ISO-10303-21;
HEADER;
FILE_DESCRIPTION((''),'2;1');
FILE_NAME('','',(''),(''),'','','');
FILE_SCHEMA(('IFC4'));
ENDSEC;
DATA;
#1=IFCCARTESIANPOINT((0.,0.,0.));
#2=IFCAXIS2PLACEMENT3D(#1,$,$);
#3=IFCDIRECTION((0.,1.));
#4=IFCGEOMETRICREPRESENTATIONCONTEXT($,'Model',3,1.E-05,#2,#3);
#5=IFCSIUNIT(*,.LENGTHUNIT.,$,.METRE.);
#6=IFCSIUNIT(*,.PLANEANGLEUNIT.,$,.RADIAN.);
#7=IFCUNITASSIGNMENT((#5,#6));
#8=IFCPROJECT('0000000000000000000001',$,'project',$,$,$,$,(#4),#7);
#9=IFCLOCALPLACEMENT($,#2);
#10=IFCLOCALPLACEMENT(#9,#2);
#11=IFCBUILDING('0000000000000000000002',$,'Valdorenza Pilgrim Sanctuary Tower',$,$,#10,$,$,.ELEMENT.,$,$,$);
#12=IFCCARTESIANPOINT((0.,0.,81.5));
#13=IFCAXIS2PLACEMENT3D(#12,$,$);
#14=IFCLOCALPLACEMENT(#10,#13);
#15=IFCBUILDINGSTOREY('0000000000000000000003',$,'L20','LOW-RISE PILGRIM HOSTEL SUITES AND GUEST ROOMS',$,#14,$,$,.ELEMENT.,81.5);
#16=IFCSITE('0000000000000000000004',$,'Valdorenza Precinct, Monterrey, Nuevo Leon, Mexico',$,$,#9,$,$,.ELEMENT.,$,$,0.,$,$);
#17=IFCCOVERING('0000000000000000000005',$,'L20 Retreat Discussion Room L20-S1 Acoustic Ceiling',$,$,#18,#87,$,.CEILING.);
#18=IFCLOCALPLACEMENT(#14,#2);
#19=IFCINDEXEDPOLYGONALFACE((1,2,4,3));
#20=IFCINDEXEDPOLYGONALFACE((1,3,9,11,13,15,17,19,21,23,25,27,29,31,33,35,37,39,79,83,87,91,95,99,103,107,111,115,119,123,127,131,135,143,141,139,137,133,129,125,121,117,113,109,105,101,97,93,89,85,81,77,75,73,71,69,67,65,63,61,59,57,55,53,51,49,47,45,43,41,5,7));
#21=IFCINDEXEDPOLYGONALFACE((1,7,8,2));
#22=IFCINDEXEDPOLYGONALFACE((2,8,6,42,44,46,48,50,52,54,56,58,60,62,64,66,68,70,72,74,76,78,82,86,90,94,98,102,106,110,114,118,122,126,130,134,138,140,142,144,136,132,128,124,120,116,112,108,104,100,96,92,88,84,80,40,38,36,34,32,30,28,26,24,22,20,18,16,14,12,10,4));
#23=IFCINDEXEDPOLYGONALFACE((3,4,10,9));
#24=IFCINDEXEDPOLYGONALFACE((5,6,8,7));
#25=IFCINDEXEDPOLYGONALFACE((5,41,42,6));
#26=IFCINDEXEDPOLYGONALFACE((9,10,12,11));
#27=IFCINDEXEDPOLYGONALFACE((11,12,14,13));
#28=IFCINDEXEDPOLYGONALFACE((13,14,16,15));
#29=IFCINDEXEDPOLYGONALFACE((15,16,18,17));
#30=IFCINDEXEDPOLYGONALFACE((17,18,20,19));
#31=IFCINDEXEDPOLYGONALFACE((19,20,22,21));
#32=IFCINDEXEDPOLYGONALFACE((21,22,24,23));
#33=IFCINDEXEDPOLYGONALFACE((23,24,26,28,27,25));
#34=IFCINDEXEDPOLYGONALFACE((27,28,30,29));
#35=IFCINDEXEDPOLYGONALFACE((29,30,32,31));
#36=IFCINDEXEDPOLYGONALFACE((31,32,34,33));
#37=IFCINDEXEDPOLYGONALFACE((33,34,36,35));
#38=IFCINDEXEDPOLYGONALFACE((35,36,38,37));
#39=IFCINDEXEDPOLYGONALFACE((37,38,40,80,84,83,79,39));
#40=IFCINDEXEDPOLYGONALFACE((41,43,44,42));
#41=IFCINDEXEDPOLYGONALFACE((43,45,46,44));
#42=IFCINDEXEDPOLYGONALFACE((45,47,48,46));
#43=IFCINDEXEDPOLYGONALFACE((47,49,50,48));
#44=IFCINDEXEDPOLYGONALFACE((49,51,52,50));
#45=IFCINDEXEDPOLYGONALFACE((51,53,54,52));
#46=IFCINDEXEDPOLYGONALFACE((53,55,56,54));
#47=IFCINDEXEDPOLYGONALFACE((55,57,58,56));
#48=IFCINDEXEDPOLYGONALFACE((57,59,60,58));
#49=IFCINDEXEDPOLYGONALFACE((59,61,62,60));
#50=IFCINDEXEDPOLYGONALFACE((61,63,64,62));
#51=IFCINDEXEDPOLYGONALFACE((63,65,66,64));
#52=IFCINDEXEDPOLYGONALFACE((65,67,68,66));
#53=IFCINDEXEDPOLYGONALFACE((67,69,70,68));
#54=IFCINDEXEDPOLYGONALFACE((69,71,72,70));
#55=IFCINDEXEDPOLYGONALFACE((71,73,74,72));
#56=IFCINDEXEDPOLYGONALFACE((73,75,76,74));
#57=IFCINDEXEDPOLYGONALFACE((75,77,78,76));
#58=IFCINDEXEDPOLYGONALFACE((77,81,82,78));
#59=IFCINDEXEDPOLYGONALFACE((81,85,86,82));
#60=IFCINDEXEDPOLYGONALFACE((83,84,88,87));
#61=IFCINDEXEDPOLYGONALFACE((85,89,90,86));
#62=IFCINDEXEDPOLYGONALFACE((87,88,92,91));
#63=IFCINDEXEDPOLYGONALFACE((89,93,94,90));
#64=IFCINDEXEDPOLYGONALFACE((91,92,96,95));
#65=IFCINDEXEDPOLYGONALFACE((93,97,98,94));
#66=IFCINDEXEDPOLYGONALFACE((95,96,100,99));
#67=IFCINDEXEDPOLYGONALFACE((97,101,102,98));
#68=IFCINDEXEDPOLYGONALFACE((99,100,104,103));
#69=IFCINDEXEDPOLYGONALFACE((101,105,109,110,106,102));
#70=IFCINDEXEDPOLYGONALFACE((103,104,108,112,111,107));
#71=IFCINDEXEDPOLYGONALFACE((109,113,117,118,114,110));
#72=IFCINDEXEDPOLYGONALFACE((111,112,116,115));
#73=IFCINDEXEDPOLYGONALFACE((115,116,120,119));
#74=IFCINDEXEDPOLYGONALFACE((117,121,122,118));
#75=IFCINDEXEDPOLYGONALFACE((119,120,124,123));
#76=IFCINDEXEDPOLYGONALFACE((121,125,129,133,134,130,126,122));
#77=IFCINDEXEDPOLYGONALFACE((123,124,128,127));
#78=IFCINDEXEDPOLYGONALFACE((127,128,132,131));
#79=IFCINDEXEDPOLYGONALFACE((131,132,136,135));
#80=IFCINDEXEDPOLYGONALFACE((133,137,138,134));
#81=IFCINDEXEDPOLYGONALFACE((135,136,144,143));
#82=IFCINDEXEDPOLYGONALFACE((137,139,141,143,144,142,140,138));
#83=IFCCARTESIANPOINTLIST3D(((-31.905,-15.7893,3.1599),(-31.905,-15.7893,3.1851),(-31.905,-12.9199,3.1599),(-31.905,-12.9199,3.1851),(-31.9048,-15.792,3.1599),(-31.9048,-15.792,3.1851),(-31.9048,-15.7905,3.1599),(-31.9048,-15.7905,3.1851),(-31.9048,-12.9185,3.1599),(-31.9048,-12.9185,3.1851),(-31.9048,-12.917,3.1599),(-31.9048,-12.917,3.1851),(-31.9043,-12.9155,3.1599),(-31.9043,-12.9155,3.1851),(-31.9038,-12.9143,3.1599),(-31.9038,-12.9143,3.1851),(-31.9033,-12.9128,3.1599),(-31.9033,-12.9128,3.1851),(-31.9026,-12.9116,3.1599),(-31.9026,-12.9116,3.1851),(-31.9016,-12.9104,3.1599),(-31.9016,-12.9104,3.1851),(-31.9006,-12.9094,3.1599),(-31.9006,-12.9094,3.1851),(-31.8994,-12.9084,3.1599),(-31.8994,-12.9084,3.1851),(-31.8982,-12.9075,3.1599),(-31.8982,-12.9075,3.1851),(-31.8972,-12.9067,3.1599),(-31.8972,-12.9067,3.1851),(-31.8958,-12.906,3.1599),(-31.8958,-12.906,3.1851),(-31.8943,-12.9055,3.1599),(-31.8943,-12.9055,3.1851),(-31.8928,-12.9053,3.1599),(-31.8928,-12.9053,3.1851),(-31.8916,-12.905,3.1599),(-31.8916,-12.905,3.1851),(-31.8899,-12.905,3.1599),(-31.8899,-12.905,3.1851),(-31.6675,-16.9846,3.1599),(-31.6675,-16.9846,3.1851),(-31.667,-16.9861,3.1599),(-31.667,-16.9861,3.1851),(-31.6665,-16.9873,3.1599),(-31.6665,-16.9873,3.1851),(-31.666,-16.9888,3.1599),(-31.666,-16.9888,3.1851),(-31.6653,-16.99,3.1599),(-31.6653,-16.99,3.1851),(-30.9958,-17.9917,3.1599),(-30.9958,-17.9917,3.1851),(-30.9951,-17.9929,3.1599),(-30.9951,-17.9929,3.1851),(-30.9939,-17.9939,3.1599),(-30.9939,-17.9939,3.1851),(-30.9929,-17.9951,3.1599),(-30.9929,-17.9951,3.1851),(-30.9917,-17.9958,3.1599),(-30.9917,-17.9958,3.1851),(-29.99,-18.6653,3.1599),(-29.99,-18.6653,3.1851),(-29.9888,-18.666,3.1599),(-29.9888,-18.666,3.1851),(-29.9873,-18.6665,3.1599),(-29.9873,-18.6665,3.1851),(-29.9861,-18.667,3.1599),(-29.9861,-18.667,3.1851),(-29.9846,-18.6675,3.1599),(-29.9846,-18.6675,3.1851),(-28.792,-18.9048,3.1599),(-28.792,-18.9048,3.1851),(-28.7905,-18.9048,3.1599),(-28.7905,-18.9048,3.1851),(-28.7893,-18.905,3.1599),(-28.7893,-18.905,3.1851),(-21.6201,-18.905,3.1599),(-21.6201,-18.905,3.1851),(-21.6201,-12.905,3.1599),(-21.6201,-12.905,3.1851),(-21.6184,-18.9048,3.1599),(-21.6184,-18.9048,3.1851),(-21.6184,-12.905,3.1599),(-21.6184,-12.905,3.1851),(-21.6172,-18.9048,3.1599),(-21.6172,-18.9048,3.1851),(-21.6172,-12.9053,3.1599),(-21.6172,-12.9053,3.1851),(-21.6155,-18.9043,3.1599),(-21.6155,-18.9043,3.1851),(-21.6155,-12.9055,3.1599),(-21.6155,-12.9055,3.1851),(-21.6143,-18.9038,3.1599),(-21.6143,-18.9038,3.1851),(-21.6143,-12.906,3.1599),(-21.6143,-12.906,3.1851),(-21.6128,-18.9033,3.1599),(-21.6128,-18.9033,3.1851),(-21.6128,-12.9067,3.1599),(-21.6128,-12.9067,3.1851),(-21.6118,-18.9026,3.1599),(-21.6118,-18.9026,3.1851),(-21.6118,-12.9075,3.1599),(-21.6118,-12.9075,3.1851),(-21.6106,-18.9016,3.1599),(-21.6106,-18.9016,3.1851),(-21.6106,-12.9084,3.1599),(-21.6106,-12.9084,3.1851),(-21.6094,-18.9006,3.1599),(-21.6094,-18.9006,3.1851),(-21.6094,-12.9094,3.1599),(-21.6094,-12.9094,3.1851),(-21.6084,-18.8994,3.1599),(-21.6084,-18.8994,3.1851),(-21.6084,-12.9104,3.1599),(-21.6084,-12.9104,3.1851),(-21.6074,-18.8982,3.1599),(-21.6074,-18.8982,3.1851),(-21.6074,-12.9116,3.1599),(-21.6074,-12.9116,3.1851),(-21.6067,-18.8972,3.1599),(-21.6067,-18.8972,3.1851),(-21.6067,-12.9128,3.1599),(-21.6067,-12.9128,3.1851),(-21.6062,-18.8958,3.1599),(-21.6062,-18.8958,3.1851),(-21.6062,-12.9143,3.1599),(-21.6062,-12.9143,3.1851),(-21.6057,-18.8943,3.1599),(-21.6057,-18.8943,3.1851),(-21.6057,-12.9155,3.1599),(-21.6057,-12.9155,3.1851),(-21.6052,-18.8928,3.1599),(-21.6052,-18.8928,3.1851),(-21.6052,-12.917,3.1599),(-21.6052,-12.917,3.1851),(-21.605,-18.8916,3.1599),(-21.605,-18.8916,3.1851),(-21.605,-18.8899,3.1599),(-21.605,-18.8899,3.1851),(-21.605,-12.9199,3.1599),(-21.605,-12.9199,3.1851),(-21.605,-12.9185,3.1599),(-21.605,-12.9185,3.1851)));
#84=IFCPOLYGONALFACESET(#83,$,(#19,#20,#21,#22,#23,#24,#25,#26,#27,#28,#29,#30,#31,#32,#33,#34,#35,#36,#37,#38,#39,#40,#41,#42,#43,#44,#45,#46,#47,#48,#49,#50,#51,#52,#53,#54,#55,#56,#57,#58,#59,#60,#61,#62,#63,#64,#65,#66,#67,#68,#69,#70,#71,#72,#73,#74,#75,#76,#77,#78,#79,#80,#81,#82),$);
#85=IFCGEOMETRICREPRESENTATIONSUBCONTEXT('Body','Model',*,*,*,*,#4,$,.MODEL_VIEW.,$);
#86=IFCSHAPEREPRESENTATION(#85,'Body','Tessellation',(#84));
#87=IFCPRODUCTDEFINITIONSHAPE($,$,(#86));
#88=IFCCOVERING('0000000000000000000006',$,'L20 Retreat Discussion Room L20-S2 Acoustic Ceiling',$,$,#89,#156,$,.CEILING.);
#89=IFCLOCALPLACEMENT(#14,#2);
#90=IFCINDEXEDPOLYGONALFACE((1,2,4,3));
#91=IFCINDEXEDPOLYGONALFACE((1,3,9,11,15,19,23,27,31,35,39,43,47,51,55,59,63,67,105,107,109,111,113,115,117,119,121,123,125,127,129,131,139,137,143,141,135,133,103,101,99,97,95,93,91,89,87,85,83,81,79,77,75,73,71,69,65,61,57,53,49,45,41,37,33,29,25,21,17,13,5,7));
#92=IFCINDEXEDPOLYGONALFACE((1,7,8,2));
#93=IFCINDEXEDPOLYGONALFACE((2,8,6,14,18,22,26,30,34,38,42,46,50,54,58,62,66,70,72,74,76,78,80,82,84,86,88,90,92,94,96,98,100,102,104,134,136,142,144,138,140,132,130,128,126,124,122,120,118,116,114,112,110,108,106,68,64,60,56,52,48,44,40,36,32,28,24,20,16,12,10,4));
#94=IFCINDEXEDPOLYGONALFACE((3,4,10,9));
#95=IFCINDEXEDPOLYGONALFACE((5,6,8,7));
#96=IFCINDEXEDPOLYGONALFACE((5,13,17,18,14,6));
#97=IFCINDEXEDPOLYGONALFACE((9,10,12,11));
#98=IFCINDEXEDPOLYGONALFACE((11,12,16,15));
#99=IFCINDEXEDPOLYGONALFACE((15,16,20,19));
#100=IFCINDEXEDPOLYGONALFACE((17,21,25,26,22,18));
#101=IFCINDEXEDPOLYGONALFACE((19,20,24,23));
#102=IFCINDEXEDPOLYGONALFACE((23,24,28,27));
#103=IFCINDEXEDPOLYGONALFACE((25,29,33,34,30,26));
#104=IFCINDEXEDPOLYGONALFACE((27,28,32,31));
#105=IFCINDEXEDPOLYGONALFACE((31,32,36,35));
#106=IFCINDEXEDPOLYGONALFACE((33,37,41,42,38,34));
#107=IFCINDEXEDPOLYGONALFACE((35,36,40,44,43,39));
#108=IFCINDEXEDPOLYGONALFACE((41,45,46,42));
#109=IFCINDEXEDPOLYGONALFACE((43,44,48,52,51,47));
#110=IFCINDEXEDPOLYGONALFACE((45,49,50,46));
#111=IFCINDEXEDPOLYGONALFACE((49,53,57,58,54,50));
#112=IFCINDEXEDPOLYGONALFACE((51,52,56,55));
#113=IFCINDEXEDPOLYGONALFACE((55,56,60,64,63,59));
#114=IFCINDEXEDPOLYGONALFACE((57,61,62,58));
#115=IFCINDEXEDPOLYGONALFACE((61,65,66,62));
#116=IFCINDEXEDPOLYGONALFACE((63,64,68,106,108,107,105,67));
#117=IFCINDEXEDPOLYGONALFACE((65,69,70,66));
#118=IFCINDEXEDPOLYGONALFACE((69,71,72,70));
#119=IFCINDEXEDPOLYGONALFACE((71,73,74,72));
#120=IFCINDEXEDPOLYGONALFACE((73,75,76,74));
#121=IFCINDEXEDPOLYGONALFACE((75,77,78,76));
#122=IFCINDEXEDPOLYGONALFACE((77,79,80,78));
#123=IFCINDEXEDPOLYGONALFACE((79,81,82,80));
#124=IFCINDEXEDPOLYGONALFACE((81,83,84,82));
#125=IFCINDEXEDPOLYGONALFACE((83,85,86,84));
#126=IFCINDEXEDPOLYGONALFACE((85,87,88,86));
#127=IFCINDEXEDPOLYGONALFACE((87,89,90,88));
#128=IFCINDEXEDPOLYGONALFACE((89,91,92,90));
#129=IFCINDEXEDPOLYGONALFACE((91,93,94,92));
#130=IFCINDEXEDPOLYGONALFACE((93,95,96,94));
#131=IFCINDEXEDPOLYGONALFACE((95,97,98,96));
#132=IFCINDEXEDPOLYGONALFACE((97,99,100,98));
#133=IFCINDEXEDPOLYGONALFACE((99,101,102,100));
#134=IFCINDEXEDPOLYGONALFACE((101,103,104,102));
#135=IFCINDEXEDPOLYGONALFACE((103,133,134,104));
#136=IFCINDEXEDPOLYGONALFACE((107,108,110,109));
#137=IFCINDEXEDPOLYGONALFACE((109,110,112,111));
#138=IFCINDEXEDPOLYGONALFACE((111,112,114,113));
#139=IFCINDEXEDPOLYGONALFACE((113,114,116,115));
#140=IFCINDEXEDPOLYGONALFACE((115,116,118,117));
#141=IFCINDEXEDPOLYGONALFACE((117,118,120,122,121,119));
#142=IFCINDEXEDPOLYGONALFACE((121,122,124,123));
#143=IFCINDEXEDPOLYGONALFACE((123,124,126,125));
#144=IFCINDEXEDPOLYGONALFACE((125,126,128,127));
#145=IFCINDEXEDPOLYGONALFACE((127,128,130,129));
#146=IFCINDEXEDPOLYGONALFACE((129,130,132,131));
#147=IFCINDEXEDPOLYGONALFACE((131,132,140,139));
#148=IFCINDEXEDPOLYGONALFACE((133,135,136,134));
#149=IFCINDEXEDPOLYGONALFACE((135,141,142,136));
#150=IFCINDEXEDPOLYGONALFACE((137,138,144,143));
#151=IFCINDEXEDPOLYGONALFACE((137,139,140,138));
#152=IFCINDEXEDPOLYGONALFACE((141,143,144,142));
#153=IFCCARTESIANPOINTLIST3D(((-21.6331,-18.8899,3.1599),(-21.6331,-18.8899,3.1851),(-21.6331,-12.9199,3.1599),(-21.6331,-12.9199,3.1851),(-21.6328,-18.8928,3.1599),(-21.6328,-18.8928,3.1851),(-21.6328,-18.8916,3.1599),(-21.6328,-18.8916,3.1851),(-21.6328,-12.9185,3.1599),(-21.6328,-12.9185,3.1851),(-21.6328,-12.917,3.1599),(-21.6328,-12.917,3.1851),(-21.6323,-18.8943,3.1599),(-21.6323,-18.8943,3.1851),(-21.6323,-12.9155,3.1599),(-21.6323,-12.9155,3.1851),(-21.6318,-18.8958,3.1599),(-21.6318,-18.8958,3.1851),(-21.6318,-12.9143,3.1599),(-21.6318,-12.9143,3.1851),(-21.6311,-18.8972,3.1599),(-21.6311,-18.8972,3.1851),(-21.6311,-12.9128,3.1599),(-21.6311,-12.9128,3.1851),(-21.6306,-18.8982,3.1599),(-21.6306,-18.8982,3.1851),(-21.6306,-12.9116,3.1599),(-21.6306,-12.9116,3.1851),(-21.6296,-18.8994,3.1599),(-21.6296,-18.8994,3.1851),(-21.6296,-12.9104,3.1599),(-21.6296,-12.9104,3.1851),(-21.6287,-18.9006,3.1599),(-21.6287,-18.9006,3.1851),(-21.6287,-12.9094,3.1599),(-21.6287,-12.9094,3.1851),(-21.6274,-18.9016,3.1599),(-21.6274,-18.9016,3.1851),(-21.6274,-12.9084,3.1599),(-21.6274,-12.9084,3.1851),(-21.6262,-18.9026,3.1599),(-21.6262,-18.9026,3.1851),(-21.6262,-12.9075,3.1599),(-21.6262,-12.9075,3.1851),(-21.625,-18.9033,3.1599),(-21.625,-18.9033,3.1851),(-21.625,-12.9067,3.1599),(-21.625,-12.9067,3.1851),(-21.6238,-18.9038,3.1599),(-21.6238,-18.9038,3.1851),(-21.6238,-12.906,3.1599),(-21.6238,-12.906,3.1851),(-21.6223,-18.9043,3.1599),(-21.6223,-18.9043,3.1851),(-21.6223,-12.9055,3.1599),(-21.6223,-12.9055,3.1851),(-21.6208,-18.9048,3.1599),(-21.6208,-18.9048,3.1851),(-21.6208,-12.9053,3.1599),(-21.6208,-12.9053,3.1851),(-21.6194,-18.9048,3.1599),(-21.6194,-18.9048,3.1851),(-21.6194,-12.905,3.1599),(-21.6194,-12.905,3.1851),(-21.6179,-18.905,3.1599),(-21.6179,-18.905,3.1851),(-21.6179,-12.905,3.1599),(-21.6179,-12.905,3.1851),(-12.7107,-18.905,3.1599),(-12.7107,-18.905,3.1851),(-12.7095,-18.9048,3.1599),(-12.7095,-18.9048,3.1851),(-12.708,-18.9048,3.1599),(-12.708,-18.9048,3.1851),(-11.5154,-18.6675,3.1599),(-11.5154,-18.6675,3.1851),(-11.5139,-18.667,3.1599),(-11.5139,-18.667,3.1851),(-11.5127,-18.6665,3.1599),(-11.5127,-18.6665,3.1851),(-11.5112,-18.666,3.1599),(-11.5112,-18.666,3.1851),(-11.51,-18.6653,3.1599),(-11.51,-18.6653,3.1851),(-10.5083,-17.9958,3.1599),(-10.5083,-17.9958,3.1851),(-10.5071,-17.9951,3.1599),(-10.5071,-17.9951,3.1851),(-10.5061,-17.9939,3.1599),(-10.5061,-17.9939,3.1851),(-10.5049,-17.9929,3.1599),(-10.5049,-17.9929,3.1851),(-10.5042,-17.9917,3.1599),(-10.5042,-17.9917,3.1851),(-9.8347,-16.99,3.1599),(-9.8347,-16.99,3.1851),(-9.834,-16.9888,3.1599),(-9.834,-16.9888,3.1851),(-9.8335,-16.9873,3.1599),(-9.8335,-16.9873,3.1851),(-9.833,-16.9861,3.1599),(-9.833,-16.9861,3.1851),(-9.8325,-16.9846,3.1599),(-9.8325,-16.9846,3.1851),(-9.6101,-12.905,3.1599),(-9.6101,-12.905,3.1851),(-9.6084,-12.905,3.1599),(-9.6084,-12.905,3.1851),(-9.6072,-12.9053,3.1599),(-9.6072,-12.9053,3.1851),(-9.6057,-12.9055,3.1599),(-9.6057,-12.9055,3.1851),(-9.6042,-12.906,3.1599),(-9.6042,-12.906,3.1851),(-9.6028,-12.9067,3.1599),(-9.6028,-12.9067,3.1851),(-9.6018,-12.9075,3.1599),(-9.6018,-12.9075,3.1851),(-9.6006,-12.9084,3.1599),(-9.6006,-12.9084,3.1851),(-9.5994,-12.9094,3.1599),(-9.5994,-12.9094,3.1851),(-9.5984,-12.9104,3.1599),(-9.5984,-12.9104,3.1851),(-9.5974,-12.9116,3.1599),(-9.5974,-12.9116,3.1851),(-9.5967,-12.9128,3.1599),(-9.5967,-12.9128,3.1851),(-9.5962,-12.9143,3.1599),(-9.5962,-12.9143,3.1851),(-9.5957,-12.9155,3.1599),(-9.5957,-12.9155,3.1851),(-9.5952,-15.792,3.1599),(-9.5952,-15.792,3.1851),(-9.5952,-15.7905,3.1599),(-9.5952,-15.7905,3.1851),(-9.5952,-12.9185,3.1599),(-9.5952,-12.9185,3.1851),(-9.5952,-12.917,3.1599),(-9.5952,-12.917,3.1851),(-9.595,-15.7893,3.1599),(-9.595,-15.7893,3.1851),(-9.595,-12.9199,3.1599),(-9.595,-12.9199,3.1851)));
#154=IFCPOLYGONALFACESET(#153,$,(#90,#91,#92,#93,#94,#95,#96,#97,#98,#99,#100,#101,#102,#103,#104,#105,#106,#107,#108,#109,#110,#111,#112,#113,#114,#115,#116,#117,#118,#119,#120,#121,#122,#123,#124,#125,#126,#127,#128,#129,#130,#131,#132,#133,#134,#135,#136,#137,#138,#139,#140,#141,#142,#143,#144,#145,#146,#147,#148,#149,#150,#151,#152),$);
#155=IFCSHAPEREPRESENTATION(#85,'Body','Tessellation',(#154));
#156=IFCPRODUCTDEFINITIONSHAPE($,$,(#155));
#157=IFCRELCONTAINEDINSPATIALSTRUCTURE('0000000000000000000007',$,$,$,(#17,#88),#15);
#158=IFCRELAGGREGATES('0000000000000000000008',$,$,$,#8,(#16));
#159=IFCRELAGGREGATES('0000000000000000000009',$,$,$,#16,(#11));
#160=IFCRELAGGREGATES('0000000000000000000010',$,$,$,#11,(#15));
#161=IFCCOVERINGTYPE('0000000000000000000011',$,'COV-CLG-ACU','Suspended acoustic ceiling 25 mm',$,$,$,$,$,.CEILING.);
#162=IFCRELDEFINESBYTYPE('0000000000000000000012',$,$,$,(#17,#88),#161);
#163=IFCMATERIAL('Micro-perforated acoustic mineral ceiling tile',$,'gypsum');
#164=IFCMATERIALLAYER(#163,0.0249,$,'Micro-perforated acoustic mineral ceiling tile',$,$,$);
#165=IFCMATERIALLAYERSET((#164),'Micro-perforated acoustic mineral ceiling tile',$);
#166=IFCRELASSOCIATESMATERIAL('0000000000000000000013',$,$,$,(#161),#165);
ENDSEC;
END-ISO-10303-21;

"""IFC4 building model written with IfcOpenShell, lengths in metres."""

from ifc_helpers import new_model, si_unit, direction, frame, origin, place, context, subcontext, project, spatial, polyline, outline, extrude, material, layer, layer_set, type_object, element, save


model = new_model("IFC4")

# Units and contexts
model_context = context("Model", 3, precision=1e-05, world=origin(), true_north=direction((0.0, 1.0)))
body_context = subcontext(model_context, "Body", "Model", "MODEL_VIEW")
ifc_project = project(units=[si_unit("LENGTHUNIT", "METRE"), si_unit("PLANEANGLEUNIT", "RADIAN")], contexts=[model_context])

# Site, building, storey
site_placement = place(None, origin())
site = spatial("IfcSite", under=ifc_project, at=site_placement, Name="Valdorenza Precinct, Monterrey, Nuevo Leon, Mexico", CompositionType="ELEMENT", RefElevation=0.0)
building_placement = place(site_placement, origin())
building = spatial("IfcBuilding", under=site, at=building_placement, Name="Valdorenza Pilgrim Sanctuary Tower", CompositionType="ELEMENT")
storey_placement = place(building_placement, frame((0.0, 0.0, 81.5)))
storey = spatial("IfcBuildingStorey", under=building, at=storey_placement, Name="L20", Description="LOW-RISE PILGRIM HOSTEL SUITES AND GUEST ROOMS", CompositionType="ELEMENT", Elevation=81.5)

# Coverings
ifc_material_1 = material(Name="Micro-perforated acoustic mineral ceiling tile", Category="gypsum")
ifc_layer_1 = layer(ifc_material_1, 0.0249, Name="Micro-perforated acoustic mineral ceiling tile")
ifc_layer_set_1 = layer_set([ifc_layer_1], Name="Micro-perforated acoustic mineral ceiling tile")
covering_type_1 = type_object("IfcCoveringType", Name="COV-CLG-ACU", Description="Suspended acoustic ceiling 25 mm", PredefinedType="CEILING", material=ifc_layer_set_1)
covering_1_placement = place(storey_placement, frame((0.0, 0.0, 3.1599)))
element("IfcCovering", 1, at=covering_1_placement, inside=storey, type_object=covering_type_1, Name="L20 Retreat Discussion Room L20-S1 Acoustic Ceiling", PredefinedType="CEILING", context=body_context, shape_type="SweptSolid", body=[
    extrude(outline(polyline([(-21.605, -18.8899), (-21.605, -18.8916), (-21.6052, -18.8928), (-21.6057, -18.8943), (-21.6062, -18.8958), (-21.6067, -18.8972), (-21.6074, -18.8982), (-21.6084, -18.8994), (-21.6094, -18.9006), (-21.6106, -18.9016), (-21.6118, -18.9026), (-21.6128, -18.9033), (-21.6143, -18.9038), (-21.6155, -18.9043), (-21.6172, -18.9048), (-21.6184, -18.9048), (-21.6201, -18.905), (-28.7893, -18.905), (-28.7905, -18.9048), (-28.792, -18.9048), (-29.9846, -18.6675), (-29.9861, -18.667), (-29.9873, -18.6665), (-29.9888, -18.666), (-29.99, -18.6653), (-30.9917, -17.9958), (-30.9929, -17.9951), (-30.9939, -17.9939), (-30.9951, -17.9929), (-30.9958, -17.9917), (-31.6653, -16.99), (-31.666, -16.9888), (-31.6665, -16.9873), (-31.667, -16.9861), (-31.6675, -16.9846), (-31.9048, -15.792), (-31.9048, -15.7905), (-31.905, -15.7893), (-31.905, -12.9199), (-31.9048, -12.9185), (-31.9048, -12.917), (-31.9043, -12.9155), (-31.9038, -12.9143), (-31.9033, -12.9128), (-31.9026, -12.9116), (-31.9016, -12.9104), (-31.9006, -12.9094), (-31.8994, -12.9084), (-31.8982, -12.9075), (-31.8972, -12.9067), (-31.8958, -12.906), (-31.8943, -12.9055), (-31.8928, -12.9053), (-31.8916, -12.905), (-31.8899, -12.905), (-21.6201, -12.905), (-21.6184, -12.905), (-21.6172, -12.9053), (-21.6155, -12.9055), (-21.6143, -12.906), (-21.6128, -12.9067), (-21.6118, -12.9075), (-21.6106, -12.9084), (-21.6094, -12.9094), (-21.6084, -12.9104), (-21.6074, -12.9116), (-21.6067, -12.9128), (-21.6062, -12.9143), (-21.6057, -12.9155), (-21.6052, -12.917), (-21.605, -12.9185), (-21.605, -12.9199), (-21.605, -18.8899)])), origin(), (0.0, 0.0, 1.0), 0.0251),
])
covering_2_placement = place(storey_placement, frame((0.0, 0.0, 3.1599)))
element("IfcCovering", 2, at=covering_2_placement, inside=storey, type_object=covering_type_1, Name="L20 Retreat Discussion Room L20-S2 Acoustic Ceiling", PredefinedType="CEILING", context=body_context, shape_type="SweptSolid", body=[
    extrude(outline(polyline([(-9.6101, -12.905), (-9.6084, -12.905), (-9.6072, -12.9053), (-9.6057, -12.9055), (-9.6042, -12.906), (-9.6028, -12.9067), (-9.6018, -12.9075), (-9.6006, -12.9084), (-9.5994, -12.9094), (-9.5984, -12.9104), (-9.5974, -12.9116), (-9.5967, -12.9128), (-9.5962, -12.9143), (-9.5957, -12.9155), (-9.5952, -12.917), (-9.5952, -12.9185), (-9.595, -12.9199), (-9.595, -15.7893), (-9.5952, -15.7905), (-9.5952, -15.792), (-9.8325, -16.9846), (-9.833, -16.9861), (-9.8335, -16.9873), (-9.834, -16.9888), (-9.8347, -16.99), (-10.5042, -17.9917), (-10.5049, -17.9929), (-10.5061, -17.9939), (-10.5071, -17.9951), (-10.5083, -17.9958), (-11.51, -18.6653), (-11.5112, -18.666), (-11.5127, -18.6665), (-11.5139, -18.667), (-11.5154, -18.6675), (-12.708, -18.9048), (-12.7095, -18.9048), (-12.7107, -18.905), (-21.6179, -18.905), (-21.6194, -18.9048), (-21.6208, -18.9048), (-21.6223, -18.9043), (-21.6238, -18.9038), (-21.625, -18.9033), (-21.6262, -18.9026), (-21.6274, -18.9016), (-21.6287, -18.9006), (-21.6296, -18.8994), (-21.6306, -18.8982), (-21.6311, -18.8972), (-21.6318, -18.8958), (-21.6323, -18.8943), (-21.6328, -18.8928), (-21.6328, -18.8916), (-21.6331, -18.8899), (-21.6331, -12.9199), (-21.6328, -12.9185), (-21.6328, -12.917), (-21.6323, -12.9155), (-21.6318, -12.9143), (-21.6311, -12.9128), (-21.6306, -12.9116), (-21.6296, -12.9104), (-21.6287, -12.9094), (-21.6274, -12.9084), (-21.6262, -12.9075), (-21.625, -12.9067), (-21.6238, -12.906), (-21.6223, -12.9055), (-21.6208, -12.9053), (-21.6194, -12.905), (-21.6179, -12.905), (-9.6101, -12.905)])), origin(), (0.0, 0.0, 1.0), 0.0251),
])

save(model, "model.ifc")
